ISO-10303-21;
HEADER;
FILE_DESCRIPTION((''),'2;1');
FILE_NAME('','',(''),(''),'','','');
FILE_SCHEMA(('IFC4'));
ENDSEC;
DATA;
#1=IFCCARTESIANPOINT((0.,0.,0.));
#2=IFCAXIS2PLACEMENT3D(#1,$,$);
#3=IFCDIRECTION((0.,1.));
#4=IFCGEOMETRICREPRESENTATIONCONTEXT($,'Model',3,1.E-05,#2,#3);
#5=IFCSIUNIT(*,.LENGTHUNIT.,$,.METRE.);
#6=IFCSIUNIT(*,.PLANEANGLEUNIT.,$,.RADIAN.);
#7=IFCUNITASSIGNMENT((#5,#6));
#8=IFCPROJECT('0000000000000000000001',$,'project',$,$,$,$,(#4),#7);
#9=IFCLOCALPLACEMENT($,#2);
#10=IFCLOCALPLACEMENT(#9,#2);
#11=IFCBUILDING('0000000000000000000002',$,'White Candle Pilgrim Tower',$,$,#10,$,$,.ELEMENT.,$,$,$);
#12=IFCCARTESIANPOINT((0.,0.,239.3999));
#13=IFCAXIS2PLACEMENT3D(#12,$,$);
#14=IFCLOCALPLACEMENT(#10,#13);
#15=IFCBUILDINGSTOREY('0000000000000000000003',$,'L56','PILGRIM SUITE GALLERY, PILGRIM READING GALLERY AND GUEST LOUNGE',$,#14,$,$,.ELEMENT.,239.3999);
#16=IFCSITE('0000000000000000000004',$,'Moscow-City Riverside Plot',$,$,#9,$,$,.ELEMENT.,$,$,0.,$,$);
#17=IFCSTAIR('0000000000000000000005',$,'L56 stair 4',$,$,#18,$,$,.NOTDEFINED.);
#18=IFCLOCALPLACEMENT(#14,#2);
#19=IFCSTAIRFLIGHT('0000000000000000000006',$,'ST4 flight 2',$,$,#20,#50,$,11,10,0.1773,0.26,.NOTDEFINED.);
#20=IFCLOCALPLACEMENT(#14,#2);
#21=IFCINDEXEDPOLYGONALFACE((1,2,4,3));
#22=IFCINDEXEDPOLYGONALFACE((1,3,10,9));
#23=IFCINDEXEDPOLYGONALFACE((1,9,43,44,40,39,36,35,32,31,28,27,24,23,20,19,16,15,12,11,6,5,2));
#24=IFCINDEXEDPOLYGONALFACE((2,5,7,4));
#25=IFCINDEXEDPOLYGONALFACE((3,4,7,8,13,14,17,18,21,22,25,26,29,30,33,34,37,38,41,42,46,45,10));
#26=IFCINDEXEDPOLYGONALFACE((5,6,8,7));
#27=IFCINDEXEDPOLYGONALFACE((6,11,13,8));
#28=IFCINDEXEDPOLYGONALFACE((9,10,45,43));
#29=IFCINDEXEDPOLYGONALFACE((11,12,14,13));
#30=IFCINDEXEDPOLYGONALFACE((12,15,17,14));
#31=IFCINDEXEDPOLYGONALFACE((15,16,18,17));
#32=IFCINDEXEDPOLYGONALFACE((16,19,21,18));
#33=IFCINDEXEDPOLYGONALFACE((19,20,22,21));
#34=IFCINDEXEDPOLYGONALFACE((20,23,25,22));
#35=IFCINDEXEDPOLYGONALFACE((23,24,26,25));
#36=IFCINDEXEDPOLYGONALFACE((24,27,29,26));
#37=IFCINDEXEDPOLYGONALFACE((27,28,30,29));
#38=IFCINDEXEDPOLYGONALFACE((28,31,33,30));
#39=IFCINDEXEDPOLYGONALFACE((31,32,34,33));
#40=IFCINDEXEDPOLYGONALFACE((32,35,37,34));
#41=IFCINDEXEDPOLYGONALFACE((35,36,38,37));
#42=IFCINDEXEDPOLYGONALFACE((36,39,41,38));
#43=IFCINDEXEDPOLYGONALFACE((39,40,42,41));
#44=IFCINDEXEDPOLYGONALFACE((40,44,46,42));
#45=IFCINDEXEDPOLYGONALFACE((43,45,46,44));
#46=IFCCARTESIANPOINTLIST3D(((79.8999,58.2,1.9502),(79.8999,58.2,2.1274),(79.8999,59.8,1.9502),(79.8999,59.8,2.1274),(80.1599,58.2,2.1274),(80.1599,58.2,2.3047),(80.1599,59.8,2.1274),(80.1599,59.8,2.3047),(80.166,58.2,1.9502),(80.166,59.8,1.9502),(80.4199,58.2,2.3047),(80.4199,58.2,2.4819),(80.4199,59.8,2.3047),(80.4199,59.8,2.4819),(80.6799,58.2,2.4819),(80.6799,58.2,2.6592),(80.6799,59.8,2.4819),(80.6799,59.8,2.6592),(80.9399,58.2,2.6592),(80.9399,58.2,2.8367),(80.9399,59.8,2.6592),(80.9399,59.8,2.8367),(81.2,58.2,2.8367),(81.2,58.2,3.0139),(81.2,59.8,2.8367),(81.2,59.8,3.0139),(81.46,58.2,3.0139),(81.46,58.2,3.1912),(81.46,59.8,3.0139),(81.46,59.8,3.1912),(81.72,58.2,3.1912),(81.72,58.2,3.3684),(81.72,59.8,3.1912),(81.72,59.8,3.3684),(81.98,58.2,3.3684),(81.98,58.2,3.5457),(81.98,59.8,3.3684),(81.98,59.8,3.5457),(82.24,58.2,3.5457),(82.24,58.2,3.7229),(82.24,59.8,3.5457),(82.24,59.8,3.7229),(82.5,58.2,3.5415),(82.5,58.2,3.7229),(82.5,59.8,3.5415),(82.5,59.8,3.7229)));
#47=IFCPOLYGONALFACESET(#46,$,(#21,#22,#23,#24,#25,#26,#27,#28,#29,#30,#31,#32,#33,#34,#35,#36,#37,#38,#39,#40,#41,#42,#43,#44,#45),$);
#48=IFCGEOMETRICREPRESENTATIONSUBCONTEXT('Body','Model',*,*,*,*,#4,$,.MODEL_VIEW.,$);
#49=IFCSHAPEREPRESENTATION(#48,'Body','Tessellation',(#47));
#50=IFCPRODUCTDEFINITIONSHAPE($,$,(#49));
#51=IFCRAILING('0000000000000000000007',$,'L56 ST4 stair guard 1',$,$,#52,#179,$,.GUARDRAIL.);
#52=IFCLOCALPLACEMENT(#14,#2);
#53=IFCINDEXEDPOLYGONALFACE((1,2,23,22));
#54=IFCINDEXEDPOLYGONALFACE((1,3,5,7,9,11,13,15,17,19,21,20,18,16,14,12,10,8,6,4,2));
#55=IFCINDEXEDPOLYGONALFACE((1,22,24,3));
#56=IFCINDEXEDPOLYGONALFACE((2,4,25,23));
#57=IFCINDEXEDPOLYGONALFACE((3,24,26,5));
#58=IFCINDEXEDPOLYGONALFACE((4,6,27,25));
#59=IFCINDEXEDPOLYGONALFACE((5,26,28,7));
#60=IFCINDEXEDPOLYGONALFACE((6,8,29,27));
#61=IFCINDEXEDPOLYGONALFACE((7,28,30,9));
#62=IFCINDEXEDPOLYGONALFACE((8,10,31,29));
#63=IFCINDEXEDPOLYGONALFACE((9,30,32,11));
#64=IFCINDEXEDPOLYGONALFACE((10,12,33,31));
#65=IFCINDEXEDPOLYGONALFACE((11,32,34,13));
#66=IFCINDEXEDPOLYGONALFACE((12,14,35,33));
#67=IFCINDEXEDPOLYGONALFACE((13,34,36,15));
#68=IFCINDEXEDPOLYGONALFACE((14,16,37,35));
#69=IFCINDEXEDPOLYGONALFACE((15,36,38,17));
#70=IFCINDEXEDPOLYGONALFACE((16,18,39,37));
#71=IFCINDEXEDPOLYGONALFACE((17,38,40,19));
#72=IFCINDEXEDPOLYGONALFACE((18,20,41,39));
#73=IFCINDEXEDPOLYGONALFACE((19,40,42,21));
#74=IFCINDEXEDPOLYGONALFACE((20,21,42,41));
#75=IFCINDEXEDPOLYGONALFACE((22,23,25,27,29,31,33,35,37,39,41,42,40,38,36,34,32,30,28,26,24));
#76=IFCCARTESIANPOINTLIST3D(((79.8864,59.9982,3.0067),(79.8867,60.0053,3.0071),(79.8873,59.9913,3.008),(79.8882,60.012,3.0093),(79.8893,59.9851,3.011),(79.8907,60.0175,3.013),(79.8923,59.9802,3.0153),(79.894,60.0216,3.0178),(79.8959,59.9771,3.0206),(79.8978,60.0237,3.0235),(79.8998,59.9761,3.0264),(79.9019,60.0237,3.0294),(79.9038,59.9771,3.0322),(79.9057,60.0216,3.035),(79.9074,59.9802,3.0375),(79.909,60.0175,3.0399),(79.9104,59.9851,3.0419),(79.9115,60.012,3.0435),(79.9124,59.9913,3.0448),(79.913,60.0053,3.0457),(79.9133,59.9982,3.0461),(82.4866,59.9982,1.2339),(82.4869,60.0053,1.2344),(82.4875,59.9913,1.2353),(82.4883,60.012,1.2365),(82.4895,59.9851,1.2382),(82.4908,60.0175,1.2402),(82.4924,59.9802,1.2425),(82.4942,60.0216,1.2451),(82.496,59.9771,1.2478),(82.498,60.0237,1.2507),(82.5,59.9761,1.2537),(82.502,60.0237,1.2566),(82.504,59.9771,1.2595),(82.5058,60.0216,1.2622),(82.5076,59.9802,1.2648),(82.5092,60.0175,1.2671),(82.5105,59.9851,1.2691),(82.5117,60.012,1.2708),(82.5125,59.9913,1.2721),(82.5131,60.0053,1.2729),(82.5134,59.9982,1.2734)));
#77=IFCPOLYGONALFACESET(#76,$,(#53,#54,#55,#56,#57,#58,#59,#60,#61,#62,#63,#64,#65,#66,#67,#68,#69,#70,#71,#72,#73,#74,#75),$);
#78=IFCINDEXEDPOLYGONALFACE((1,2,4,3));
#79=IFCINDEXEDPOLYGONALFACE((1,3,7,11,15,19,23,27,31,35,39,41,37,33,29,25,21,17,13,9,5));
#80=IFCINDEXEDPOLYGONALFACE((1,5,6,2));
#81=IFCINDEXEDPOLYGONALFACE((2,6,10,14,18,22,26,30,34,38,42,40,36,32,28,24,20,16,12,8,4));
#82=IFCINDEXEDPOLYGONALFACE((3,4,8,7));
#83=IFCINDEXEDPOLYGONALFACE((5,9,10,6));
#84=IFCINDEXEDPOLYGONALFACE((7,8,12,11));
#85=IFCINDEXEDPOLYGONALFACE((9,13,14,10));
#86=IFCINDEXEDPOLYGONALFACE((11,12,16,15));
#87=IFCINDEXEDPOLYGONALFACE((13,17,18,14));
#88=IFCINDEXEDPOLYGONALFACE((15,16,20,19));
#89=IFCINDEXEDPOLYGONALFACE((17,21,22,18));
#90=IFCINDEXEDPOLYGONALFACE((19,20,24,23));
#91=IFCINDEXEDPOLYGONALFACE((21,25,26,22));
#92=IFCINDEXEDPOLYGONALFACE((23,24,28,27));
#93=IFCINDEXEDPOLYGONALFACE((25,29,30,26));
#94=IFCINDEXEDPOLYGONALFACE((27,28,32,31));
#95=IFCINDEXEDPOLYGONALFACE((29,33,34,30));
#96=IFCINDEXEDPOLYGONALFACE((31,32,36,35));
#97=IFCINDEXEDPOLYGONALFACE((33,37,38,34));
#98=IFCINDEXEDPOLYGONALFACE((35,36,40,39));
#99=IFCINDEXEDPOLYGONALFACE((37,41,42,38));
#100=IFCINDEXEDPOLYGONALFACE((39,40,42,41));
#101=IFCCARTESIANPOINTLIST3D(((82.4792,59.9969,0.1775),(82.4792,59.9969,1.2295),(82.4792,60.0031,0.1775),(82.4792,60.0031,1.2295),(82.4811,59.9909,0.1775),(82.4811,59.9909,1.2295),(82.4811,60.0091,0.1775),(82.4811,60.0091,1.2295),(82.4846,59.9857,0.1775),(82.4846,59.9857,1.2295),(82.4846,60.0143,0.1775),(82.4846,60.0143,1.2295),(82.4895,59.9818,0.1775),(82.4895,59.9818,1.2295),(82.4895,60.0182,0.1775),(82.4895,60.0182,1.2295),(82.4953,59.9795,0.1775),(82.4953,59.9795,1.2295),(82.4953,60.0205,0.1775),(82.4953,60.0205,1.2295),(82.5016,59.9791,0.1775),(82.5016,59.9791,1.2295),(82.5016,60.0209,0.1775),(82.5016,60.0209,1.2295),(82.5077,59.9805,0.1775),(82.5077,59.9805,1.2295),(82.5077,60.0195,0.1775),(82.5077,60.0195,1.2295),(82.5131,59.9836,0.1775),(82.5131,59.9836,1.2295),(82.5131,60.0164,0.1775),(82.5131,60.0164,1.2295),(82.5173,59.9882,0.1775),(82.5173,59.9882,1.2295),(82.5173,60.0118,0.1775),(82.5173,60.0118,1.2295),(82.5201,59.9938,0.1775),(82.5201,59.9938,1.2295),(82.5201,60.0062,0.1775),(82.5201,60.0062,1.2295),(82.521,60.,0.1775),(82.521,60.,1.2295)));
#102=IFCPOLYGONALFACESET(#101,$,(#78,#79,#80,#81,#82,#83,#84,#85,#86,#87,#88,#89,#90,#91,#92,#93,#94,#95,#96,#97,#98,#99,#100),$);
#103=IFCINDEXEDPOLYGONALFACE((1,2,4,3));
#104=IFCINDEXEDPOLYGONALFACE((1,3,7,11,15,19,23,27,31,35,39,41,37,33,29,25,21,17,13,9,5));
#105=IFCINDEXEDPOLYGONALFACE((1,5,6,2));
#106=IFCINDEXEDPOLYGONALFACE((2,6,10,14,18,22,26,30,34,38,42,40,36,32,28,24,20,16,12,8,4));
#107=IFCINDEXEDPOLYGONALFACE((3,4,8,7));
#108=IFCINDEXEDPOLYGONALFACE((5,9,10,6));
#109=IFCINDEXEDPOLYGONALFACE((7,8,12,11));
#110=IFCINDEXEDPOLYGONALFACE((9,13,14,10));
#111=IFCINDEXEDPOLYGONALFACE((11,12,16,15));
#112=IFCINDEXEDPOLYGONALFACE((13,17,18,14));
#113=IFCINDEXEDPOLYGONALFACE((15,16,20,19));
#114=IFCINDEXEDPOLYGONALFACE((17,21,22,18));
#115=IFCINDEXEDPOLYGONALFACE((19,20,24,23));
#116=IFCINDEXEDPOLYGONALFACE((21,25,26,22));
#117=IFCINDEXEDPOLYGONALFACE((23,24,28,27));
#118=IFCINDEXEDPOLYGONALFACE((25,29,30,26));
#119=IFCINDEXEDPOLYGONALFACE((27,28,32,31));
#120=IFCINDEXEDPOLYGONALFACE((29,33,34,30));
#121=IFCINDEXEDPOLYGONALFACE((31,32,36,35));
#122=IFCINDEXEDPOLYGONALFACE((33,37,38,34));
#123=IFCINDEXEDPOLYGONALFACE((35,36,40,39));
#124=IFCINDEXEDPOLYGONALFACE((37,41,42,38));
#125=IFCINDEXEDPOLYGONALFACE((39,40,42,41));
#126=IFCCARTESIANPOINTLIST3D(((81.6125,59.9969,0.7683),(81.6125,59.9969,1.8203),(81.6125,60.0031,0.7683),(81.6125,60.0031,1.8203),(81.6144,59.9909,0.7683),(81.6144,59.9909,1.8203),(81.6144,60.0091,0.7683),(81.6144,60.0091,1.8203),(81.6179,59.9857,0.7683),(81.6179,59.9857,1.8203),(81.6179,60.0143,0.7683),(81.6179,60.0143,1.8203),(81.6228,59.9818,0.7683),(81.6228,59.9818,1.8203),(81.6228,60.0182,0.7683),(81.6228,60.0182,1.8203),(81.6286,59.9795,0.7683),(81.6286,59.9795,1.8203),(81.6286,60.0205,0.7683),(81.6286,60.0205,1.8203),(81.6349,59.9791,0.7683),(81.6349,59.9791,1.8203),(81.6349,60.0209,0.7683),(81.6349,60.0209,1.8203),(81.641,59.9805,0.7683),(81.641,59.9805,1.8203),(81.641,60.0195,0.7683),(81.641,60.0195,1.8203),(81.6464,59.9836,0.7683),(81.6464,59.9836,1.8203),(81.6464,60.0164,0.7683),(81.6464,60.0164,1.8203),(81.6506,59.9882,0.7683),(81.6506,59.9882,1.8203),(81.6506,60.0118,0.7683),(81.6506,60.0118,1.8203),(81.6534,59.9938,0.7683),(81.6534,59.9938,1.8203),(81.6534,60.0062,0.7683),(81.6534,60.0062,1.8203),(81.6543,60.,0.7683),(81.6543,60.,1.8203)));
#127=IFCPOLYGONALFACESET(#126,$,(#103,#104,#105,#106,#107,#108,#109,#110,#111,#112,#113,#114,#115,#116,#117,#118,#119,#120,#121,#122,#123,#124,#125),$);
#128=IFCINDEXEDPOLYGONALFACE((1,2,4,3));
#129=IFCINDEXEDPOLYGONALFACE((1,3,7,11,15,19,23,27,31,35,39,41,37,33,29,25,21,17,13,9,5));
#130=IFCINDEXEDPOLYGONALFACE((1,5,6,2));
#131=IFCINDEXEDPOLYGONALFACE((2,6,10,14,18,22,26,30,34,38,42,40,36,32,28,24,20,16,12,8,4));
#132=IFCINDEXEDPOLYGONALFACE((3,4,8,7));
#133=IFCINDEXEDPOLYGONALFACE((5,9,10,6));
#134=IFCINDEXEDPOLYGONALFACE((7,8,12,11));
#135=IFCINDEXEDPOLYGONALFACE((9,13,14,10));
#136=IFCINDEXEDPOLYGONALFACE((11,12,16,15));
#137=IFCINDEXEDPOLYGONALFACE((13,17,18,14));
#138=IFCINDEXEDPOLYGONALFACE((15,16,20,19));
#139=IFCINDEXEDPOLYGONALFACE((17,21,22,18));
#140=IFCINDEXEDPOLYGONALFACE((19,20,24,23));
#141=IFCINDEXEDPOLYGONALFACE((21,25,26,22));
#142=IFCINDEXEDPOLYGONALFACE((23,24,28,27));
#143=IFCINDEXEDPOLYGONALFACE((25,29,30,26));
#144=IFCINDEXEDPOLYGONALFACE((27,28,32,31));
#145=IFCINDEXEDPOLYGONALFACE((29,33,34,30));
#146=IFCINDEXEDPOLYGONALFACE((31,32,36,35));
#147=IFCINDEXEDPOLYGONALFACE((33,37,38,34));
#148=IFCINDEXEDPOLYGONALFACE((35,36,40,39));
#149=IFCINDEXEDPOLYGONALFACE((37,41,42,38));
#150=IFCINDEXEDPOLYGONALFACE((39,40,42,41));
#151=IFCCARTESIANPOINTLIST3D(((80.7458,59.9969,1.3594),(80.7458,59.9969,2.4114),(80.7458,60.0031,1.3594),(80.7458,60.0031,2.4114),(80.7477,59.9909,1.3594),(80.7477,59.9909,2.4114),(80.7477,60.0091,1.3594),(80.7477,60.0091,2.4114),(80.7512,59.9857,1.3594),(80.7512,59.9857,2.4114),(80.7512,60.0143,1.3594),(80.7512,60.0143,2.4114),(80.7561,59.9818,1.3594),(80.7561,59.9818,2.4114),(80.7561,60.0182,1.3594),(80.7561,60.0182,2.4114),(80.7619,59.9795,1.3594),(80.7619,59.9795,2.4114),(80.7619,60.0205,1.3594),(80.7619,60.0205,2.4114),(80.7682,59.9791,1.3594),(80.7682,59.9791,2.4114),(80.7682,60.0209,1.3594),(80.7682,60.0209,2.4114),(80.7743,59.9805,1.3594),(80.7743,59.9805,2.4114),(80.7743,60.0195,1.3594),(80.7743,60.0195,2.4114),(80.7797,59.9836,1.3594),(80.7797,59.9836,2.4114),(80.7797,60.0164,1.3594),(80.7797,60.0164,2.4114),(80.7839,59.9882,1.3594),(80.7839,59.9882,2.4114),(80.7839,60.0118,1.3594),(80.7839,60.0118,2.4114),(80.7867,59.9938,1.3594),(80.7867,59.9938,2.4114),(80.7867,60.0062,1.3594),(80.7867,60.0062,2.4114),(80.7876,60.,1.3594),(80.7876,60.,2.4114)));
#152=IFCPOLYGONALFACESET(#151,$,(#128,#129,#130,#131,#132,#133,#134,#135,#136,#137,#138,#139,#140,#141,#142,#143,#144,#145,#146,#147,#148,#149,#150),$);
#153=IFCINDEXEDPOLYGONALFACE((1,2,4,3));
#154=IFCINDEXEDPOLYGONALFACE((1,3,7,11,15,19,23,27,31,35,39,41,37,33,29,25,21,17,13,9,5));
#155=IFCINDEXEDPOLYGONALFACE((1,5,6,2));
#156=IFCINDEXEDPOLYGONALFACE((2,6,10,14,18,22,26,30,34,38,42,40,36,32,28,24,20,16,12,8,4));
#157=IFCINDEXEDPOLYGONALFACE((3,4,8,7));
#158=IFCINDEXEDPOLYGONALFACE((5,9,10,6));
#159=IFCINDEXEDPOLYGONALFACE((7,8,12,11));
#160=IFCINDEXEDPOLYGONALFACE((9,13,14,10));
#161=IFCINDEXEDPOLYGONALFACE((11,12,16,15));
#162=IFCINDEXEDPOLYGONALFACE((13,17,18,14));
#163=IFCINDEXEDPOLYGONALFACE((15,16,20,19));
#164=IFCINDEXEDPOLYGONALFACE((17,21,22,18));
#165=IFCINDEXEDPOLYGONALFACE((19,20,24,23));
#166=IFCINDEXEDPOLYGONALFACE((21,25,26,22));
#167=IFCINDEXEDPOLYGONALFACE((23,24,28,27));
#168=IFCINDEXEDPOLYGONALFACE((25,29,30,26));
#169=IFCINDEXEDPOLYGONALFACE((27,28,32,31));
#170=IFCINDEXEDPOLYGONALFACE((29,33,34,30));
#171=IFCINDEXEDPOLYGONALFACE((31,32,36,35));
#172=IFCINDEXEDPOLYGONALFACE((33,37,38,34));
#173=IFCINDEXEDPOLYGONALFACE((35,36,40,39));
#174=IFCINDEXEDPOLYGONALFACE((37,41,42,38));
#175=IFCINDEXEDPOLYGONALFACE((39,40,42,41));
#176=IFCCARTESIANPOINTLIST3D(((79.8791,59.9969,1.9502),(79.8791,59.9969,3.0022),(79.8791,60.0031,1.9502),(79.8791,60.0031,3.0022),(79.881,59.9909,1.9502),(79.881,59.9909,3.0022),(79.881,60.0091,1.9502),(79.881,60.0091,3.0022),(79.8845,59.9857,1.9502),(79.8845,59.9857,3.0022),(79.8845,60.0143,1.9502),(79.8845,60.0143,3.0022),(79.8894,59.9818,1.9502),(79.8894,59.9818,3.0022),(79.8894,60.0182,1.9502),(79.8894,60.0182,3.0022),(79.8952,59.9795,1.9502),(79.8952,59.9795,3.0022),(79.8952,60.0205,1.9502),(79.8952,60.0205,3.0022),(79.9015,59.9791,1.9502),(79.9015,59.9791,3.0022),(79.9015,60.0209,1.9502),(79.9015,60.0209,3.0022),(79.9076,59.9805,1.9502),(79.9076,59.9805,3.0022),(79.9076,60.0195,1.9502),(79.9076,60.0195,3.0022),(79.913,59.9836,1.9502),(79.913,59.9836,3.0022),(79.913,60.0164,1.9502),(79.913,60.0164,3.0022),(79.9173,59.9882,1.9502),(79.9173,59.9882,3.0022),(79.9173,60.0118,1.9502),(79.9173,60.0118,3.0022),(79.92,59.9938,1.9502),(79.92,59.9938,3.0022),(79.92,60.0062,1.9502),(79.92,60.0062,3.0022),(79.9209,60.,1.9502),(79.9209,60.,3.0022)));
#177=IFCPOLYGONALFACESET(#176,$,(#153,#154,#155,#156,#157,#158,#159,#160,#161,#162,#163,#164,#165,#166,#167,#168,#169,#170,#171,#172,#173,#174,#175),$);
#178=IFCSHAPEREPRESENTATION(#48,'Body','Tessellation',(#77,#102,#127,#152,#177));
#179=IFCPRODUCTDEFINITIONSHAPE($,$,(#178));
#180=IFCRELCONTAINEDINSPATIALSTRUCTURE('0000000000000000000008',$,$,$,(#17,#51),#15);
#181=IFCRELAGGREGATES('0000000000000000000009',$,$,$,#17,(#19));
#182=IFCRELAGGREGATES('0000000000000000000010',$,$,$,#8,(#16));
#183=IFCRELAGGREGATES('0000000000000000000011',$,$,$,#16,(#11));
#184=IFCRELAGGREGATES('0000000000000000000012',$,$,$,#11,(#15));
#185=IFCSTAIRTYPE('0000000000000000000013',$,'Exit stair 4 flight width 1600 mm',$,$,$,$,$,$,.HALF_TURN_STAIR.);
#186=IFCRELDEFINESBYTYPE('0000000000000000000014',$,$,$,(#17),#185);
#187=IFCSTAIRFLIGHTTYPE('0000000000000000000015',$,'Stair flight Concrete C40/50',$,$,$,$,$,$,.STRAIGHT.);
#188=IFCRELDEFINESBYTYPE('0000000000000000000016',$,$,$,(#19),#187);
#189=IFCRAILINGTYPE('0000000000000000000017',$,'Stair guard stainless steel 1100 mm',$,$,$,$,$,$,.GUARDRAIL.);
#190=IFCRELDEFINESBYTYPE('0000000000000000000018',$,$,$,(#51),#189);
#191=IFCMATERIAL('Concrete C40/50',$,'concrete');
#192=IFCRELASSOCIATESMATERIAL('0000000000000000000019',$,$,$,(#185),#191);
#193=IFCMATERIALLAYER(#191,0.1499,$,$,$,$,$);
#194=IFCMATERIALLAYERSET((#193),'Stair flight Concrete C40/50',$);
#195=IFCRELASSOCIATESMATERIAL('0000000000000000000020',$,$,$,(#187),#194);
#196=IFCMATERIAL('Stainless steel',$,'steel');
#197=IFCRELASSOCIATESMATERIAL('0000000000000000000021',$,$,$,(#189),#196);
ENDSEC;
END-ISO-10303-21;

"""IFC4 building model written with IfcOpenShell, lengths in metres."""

from ifc_helpers import new_model, si_unit, direction, frame, origin, origin_2d, place, context, subcontext, project, spatial, polyline, circle, outline, extrude, material, layer, layer_set, type_object, element, aggregate, save


model = new_model("IFC4")

# Units and contexts
model_context = context("Model", 3, precision=1e-05, world=origin(), true_north=direction((0.0, 1.0)))
body_context = subcontext(model_context, "Body", "Model", "MODEL_VIEW")
ifc_project = project(units=[si_unit("LENGTHUNIT", "METRE"), si_unit("PLANEANGLEUNIT", "RADIAN")], contexts=[model_context])

# Site, building, storey
site_placement = place(None, origin())
site = spatial("IfcSite", under=ifc_project, at=site_placement, Name="Moscow-City Riverside Plot", CompositionType="ELEMENT", RefElevation=0.0)
building_placement = place(site_placement, origin())
building = spatial("IfcBuilding", under=site, at=building_placement, Name="White Candle Pilgrim Tower", CompositionType="ELEMENT")
storey_placement = place(building_placement, frame((0.0, 0.0, 239.3999)))
storey = spatial("IfcBuildingStorey", under=building, at=storey_placement, Name="L56", Description="PILGRIM SUITE GALLERY, PILGRIM READING GALLERY AND GUEST LOUNGE", CompositionType="ELEMENT", Elevation=239.3999)

# Stair, stair flight
ifc_material_1 = material(Name="Concrete C40/50", Category="concrete")
stair_type = type_object("IfcStairType", Name="Exit stair 4 flight width 1600 mm", PredefinedType="HALF_TURN_STAIR", material=ifc_material_1)
stair_placement = place(storey_placement, origin())
stair = element("IfcStair", 1, at=stair_placement, inside=storey, type_object=stair_type, Name="L56 stair 4", PredefinedType="NOTDEFINED")
ifc_layer_1 = layer(ifc_material_1, 0.1499)
ifc_layer_set_1 = layer_set([ifc_layer_1], Name="Stair flight Concrete C40/50")
stair_flight_type = type_object("IfcStairFlightType", Name="Stair flight Concrete C40/50", PredefinedType="STRAIGHT", material=ifc_layer_set_1)
stair_flight_1_placement = place(storey_placement, frame((79.8999, 59.0, 1.9502), z_axis=(0.0, 0.0, 1.0), x_axis=(1.0, 0.0, 0.0)))
stair_flight_1 = element("IfcStairFlight", 2, at=stair_flight_1_placement, type_object=stair_flight_type, Name="ST4 flight 2", NumberOfRisers=11, NumberOfTreads=10, PredefinedType="NOTDEFINED", RiserHeight=0.1773, TreadLength=0.26, context=body_context, shape_type="SweptSolid", body=[
    extrude(outline(polyline([(0.0, 0.0), (0.0, 0.1772), (0.26, 0.1772), (0.26, 0.3545), (0.52, 0.3545), (0.52, 0.5317), (0.78, 0.5317), (0.78, 0.709), (1.04, 0.709), (1.04, 0.8865), (1.3, 0.8865), (1.3, 1.0637), (1.5601, 1.0637), (1.5601, 1.241), (1.8201, 1.241), (1.8201, 1.4182), (2.0801, 1.4182), (2.0801, 1.5955), (2.3401, 1.5955), (2.3401, 1.7727), (2.6001, 1.7727), (2.6001, 1.95), (2.6001, 1.5913), (0.2661, 0.0), (0.0, 0.0)])), frame((0.0, 0.8, 0.0), z_axis=(0.0, -1.0, 0.0), x_axis=(1.0, 0.0, 0.0)), (0.0, 0.0, 1.0), 1.6001),
])
aggregate(stair, [stair_flight_1])

# Railing
ifc_material_2 = material(Name="Stainless steel", Category="steel")
railing_type_1 = type_object("IfcRailingType", Name="Stair guard stainless steel 1100 mm", PredefinedType="GUARDRAIL", material=ifc_material_2)
railing_1_placement = place(storey_placement, frame((82.5, 60.0, 0.1775)))
element("IfcRailing", 3, at=railing_1_placement, inside=storey, type_object=railing_type_1, Name="L56 ST4 stair guard 1", PredefinedType="GUARDRAIL", context=body_context, shape_type="SweptSolid", body=[
    extrude(circle(Radius=0.0239, at=origin_2d()), frame((0.0, 0.0, 1.0762), z_axis=(-0.82624, 0.0, 0.563318), x_axis=(0.0, -1.0, 0.0)), (0.0, 0.0, 1.0), 3.147),
    extrude(circle(Radius=0.021, at=origin_2d()), origin(), (0.0, 0.0, 1.0), 1.052),
    extrude(circle(Radius=0.021, at=origin_2d()), frame((-0.8667, 0.0, 0.5908)), (0.0, 0.0, 1.0), 1.052),
    extrude(circle(Radius=0.021, at=origin_2d()), frame((-1.7334, 0.0, 1.1819)), (0.0, 0.0, 1.0), 1.052),
    extrude(circle(Radius=0.021, at=origin_2d()), frame((-2.6001, 0.0, 1.7727)), (0.0, 0.0, 1.0), 1.052),
])

save(model, "model.ifc")
